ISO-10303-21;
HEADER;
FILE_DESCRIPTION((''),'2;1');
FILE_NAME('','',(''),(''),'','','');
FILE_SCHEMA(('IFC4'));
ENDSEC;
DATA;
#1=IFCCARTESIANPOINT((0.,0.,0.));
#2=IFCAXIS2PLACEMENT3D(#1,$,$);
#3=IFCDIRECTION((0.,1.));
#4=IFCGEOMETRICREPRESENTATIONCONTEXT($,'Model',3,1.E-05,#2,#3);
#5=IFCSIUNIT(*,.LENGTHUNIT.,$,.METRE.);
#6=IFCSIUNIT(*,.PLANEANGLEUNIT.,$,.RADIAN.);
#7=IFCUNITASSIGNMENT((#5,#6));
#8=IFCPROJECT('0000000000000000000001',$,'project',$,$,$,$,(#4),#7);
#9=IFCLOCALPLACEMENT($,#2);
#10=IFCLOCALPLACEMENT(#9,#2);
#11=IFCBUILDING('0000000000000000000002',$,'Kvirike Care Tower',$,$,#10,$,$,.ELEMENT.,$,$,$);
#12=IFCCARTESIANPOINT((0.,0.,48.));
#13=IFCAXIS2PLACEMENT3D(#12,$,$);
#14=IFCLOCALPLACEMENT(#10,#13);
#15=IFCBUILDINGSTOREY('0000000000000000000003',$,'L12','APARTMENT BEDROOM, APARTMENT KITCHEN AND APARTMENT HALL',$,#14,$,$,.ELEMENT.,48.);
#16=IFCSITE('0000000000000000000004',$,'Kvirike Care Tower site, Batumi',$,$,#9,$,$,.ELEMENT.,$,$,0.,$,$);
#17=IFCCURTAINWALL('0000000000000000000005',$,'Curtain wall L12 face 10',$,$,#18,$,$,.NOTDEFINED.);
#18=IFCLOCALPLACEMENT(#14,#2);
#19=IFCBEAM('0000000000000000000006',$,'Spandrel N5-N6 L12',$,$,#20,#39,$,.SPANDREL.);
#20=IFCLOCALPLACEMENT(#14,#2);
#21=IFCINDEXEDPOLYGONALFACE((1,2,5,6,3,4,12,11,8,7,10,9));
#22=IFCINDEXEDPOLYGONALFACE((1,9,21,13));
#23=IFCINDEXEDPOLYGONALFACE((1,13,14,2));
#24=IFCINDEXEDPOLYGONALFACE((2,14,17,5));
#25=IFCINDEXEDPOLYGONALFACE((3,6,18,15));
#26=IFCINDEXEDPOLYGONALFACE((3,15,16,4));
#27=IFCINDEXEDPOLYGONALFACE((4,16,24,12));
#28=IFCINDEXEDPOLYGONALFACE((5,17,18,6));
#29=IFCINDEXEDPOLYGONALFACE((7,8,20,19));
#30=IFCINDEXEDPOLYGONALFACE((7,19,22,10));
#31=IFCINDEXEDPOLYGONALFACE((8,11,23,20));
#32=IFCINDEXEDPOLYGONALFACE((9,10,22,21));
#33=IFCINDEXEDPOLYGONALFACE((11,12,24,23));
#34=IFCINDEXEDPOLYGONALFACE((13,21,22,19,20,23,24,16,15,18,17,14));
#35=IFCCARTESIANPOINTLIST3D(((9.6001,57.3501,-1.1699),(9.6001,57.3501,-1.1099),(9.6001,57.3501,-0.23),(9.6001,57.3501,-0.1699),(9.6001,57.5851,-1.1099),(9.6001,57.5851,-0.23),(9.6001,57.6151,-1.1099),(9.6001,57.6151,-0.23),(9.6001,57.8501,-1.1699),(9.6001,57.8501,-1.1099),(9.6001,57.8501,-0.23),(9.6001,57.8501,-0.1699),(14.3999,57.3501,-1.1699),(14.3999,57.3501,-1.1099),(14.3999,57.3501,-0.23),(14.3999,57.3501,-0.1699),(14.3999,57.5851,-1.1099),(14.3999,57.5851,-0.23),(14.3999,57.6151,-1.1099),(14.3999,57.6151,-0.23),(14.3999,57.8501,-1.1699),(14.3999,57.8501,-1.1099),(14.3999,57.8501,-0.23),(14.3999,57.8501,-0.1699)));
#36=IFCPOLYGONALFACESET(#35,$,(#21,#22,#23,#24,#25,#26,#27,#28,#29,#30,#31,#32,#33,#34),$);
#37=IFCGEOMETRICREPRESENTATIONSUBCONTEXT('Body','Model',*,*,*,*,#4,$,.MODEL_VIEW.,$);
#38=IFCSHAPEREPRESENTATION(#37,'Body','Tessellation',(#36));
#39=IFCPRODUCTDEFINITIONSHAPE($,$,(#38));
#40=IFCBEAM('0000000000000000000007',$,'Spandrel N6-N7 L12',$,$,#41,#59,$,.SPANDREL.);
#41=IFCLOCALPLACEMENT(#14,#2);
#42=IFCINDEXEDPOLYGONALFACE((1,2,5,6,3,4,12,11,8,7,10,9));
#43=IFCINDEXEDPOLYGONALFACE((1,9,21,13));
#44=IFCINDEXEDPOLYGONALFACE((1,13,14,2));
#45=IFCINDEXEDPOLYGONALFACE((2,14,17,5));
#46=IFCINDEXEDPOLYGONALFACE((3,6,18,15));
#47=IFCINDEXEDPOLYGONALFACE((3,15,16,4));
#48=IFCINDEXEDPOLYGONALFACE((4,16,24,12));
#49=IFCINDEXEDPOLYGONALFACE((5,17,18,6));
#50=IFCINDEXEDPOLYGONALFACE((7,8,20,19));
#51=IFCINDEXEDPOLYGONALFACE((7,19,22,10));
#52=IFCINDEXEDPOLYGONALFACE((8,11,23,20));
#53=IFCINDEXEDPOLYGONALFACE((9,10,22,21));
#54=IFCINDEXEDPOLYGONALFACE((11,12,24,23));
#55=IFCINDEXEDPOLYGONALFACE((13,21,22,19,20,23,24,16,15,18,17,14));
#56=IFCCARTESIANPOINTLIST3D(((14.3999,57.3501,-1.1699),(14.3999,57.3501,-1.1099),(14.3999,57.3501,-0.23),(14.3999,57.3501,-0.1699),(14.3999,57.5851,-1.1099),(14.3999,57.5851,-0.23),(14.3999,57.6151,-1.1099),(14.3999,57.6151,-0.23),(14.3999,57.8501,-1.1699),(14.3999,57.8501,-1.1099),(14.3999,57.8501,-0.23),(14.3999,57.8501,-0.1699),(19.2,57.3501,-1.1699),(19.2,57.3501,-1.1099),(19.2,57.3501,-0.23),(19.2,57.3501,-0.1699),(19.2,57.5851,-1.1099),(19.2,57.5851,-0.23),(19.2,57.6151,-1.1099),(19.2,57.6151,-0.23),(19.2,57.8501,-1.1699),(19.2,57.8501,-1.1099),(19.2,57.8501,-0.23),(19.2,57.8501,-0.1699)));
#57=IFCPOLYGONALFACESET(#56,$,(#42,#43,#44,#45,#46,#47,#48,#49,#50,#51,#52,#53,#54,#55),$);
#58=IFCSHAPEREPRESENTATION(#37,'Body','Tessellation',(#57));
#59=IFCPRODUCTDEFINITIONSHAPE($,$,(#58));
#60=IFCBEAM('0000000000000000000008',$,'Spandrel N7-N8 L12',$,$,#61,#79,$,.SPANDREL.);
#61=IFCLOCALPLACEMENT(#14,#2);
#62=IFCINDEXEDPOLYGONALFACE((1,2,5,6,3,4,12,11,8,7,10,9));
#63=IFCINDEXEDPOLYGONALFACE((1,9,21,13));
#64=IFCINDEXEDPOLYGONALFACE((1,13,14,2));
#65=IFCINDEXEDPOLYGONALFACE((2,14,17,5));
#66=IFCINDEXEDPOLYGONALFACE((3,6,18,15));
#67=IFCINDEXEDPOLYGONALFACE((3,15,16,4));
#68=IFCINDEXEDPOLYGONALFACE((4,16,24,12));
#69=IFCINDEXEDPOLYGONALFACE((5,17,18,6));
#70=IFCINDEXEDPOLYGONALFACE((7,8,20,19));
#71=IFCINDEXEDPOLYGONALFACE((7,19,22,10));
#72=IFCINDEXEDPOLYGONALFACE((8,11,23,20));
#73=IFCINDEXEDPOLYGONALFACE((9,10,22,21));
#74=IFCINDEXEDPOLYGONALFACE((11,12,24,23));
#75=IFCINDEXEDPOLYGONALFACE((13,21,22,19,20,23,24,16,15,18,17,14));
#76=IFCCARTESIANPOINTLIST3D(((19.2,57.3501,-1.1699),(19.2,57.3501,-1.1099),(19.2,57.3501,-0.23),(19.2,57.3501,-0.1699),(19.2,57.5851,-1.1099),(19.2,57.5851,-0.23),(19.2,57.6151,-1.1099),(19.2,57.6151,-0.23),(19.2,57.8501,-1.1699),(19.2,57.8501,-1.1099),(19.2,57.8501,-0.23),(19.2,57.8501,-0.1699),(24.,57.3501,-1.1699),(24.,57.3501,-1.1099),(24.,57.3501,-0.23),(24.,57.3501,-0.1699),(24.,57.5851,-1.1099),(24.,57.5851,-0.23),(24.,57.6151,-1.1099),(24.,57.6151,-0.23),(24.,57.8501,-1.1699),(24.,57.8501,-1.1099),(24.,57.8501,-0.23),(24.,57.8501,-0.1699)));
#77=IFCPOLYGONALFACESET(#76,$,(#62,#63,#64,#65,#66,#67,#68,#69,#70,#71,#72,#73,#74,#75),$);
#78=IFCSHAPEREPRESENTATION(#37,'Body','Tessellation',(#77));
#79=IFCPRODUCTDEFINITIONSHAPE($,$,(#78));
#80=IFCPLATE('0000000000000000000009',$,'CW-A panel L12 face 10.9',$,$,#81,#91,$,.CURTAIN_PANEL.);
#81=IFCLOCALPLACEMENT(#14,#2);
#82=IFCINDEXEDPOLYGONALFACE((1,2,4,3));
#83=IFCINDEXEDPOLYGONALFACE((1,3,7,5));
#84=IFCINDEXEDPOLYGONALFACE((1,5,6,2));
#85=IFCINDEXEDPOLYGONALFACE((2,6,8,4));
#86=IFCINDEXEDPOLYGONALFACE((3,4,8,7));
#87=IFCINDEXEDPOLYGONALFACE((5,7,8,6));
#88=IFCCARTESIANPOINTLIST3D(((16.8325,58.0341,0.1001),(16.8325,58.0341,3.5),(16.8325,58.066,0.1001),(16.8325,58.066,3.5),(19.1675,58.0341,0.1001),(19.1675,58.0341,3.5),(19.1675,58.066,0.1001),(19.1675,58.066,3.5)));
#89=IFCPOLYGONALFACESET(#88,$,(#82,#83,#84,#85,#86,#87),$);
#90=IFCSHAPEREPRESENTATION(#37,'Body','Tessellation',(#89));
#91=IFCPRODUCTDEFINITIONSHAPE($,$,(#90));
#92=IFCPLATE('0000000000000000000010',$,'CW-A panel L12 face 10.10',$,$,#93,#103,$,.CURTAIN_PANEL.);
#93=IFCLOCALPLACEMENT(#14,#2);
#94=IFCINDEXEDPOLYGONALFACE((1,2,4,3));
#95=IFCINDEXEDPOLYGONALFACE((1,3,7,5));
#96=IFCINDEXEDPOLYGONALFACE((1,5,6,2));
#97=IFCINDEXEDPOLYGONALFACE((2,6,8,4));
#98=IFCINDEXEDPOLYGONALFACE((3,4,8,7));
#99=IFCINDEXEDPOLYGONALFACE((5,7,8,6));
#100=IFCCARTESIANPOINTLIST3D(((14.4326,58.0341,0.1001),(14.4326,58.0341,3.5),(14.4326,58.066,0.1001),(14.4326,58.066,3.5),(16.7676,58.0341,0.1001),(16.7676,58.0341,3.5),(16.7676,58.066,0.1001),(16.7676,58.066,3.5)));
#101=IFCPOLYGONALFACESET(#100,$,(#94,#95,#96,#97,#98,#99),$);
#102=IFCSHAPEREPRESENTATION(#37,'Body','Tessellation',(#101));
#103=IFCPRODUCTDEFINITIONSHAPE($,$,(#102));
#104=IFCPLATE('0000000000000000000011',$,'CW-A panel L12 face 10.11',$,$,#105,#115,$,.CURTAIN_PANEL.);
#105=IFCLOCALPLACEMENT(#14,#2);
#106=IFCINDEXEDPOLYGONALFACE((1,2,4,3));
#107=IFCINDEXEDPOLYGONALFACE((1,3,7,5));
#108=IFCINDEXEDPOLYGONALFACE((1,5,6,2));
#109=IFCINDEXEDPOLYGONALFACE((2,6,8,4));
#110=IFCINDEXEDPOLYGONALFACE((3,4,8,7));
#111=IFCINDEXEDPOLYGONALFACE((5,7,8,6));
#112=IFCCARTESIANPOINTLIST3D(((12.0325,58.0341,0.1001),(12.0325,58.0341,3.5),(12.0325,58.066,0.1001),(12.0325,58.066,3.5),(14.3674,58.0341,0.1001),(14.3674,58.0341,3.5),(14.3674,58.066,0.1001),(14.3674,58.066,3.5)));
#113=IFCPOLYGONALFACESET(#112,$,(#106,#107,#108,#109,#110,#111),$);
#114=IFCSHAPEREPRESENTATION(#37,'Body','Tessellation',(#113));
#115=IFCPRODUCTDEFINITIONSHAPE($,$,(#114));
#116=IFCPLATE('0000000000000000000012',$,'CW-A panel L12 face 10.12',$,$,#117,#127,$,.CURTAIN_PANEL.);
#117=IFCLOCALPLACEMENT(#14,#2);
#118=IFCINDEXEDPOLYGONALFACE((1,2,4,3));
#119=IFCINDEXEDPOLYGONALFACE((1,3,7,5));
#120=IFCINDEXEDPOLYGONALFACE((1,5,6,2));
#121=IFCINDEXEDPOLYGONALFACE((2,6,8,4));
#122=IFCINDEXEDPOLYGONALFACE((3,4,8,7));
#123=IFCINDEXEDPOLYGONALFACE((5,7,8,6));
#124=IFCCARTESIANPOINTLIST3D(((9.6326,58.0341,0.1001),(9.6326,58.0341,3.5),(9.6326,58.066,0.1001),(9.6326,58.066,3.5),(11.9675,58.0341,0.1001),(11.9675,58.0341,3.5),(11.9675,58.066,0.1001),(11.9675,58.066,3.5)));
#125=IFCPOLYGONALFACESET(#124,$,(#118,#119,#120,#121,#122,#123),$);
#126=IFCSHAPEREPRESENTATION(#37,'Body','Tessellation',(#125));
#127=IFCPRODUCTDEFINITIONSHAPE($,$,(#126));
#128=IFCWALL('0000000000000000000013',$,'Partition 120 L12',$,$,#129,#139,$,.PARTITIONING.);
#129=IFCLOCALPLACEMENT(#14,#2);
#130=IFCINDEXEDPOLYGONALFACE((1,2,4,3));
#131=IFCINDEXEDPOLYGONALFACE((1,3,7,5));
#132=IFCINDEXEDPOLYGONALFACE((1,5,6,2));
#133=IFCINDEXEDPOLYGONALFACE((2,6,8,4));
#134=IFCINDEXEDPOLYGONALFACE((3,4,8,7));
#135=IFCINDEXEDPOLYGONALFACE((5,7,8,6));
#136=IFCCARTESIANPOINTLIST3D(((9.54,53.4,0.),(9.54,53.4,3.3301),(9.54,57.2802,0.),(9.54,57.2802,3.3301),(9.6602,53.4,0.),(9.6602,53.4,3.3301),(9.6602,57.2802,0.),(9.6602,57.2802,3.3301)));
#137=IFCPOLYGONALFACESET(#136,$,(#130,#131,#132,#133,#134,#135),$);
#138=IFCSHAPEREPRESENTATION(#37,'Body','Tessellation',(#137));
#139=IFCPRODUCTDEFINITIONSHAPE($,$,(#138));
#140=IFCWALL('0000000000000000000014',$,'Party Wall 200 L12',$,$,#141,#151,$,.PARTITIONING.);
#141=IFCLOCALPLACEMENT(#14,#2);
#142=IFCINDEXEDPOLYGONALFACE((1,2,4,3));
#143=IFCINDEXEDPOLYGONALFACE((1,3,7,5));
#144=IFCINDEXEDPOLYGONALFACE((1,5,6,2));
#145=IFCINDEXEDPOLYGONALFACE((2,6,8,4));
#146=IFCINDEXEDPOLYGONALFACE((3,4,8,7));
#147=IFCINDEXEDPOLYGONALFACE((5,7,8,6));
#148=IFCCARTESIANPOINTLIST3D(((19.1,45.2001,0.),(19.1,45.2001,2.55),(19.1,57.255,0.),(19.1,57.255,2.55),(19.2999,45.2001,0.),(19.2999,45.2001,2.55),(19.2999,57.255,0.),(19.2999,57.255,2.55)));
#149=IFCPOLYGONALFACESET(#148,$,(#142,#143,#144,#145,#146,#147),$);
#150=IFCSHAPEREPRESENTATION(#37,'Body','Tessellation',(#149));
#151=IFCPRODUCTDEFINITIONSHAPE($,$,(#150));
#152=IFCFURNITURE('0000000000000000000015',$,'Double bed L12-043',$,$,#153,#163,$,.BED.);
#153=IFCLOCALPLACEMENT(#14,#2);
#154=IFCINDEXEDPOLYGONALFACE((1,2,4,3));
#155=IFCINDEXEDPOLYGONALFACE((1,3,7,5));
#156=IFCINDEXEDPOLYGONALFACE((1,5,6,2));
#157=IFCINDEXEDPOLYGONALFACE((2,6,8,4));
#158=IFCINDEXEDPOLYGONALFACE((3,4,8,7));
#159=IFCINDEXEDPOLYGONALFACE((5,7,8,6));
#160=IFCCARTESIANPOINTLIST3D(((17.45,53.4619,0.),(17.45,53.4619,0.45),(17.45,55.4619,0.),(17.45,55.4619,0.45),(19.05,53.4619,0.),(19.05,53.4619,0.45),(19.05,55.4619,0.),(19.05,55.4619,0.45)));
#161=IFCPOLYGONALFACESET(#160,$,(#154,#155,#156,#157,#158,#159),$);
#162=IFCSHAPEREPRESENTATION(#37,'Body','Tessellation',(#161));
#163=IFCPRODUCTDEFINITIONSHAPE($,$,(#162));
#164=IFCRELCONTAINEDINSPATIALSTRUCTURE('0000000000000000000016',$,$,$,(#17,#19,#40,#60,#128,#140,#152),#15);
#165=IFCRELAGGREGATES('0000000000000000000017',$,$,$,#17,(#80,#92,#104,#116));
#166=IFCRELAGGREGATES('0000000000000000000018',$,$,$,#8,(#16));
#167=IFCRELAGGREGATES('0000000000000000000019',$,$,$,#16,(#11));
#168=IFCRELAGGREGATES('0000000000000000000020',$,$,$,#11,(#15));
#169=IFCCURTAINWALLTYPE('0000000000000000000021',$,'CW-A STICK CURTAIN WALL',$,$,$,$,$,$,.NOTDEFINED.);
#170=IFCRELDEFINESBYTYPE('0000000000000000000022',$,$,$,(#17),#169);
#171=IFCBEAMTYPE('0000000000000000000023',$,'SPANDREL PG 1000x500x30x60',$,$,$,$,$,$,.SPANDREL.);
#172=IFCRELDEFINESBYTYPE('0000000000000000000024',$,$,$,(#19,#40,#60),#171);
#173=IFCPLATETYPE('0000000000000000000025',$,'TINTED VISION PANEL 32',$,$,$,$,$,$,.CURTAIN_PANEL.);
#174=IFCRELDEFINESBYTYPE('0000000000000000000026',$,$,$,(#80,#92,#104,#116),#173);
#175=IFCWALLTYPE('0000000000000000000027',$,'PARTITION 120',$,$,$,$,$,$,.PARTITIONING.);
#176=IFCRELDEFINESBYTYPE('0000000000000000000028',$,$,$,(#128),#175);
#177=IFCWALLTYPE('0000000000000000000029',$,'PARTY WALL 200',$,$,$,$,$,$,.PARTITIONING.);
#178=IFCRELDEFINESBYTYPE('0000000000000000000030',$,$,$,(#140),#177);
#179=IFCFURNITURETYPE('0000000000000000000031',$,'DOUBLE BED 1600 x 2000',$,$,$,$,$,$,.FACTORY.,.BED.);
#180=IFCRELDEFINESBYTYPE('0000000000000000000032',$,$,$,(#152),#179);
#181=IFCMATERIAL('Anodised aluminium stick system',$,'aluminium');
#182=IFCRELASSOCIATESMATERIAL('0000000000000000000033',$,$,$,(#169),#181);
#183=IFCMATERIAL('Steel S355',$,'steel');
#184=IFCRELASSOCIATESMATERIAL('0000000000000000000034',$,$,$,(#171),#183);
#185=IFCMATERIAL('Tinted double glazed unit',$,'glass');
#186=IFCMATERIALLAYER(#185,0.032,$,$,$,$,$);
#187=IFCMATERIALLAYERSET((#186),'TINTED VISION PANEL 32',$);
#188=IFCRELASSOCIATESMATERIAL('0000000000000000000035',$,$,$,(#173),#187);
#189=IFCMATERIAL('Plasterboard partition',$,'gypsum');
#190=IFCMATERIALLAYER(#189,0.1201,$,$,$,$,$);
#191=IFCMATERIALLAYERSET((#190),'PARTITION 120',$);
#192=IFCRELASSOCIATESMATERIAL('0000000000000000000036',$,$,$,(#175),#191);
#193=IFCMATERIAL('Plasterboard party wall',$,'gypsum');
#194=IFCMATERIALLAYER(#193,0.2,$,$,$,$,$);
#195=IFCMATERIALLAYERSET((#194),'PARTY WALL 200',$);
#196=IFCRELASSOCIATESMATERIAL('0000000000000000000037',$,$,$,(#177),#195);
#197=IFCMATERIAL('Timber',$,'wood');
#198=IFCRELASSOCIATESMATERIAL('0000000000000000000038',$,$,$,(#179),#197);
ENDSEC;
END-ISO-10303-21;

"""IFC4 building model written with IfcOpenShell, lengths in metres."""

from ifc_helpers import new_model, si_unit, direction, frame, frame_2d, origin, origin_2d, place, context, subcontext, project, spatial, rectangle, i_section, extrude, material, layer, layer_set, material_profile, profile_set, type_object, element, aggregate, save


model = new_model("IFC4")

# Units and contexts
model_context = context("Model", 3, precision=1e-05, world=origin(), true_north=direction((0.0, 1.0)))
body_context = subcontext(model_context, "Body", "Model", "MODEL_VIEW")
ifc_project = project(units=[si_unit("LENGTHUNIT", "METRE"), si_unit("PLANEANGLEUNIT", "RADIAN")], contexts=[model_context])

# Site, building, storey
site_placement = place(None, origin())
site = spatial("IfcSite", under=ifc_project, at=site_placement, Name="Kvirike Care Tower site, Batumi", CompositionType="ELEMENT", RefElevation=0.0)
building_placement = place(site_placement, origin())
building = spatial("IfcBuilding", under=site, at=building_placement, Name="Kvirike Care Tower", CompositionType="ELEMENT")
storey_placement = place(building_placement, frame((0.0, 0.0, 48.0)))
storey = spatial("IfcBuildingStorey", under=building, at=storey_placement, Name="L12", Description="APARTMENT BEDROOM, APARTMENT KITCHEN AND APARTMENT HALL", CompositionType="ELEMENT", Elevation=48.0)

# Curtain wall
ifc_material_1 = material(Name="Anodised aluminium stick system", Category="aluminium")
curtain_wall_type = type_object("IfcCurtainWallType", Name="CW-A STICK CURTAIN WALL", PredefinedType="NOTDEFINED", material=ifc_material_1)
curtain_wall_placement = place(storey_placement, origin())
curtain_wall = element("IfcCurtainWall", 1, at=curtain_wall_placement, inside=storey, type_object=curtain_wall_type, Name="Curtain wall L12 face 10", PredefinedType="NOTDEFINED")

# Beams
ifc_material_2 = material(Name="Steel S355", Category="steel")
ifc_material_profile_1 = material_profile(ifc_material_2, i_section(OverallWidth=0.5, OverallDepth=1.0, WebThickness=0.03, FlangeThickness=0.0601, at=origin_2d()), Name="PG 1000x500x30x60")
ifc_profile_set_1 = profile_set([ifc_material_profile_1], Name="Steel S355")
beam_type = type_object("IfcBeamType", Name="SPANDREL PG 1000x500x30x60", PredefinedType="SPANDREL", material=ifc_profile_set_1)
beam_placement = place(storey_placement, frame((9.6001, 57.6001, -0.6699), z_axis=(1.0, 0.0, 0.0), x_axis=(0.0, 1.0, 0.0)))
element("IfcBeam", 2, at=beam_placement, inside=storey, type_object=beam_type, Name="Spandrel N5-N6 L12", PredefinedType="SPANDREL", context=body_context, shape_type="SweptSolid", body=[
    extrude(i_section(OverallWidth=0.5, OverallDepth=1.0, WebThickness=0.03, FlangeThickness=0.0601, at=origin_2d()), origin(), (0.0, 0.0, 1.0), 4.7998),
])
for number, where, z_axis, x_axis, name in (
    (3, (14.3999, 57.6001, -0.6699), (1.0, 0.0, 0.0), (0.0, 1.0, 0.0), "Spandrel N6-N7 L12"),
    (4, (19.2, 57.6001, -0.6699), (1.0, 0.0, 0.0), (0.0, 1.0, 0.0), "Spandrel N7-N8 L12"),
):
    element("IfcBeam", number, at=place(storey_placement, frame(where, z_axis=z_axis, x_axis=x_axis)), inside=storey, type_object=beam_type, Name=name, PredefinedType="SPANDREL", context=body_context, shape_type="SweptSolid", body=[
        extrude(i_section(OverallWidth=0.5, OverallDepth=1.0, WebThickness=0.03, FlangeThickness=0.0601, at=origin_2d()), origin(), (0.0, 0.0, 1.0), 4.8),
    ])

# Plates
ifc_material_3 = material(Name="Tinted double glazed unit", Category="glass")
ifc_layer_1 = layer(ifc_material_3, 0.032)
ifc_layer_set_1 = layer_set([ifc_layer_1], Name="TINTED VISION PANEL 32")
plate_type = type_object("IfcPlateType", Name="TINTED VISION PANEL 32", PredefinedType="CURTAIN_PANEL", material=ifc_layer_set_1)
plate_1_placement = place(storey_placement, frame((18.0, 58.05, 0.1001), z_axis=(0.0, 0.0, 1.0), x_axis=(-1.0, 0.0, 0.0)))
plate_1 = element("IfcPlate", 5, at=plate_1_placement, type_object=plate_type, Name="CW-A panel L12 face 10.9", PredefinedType="CURTAIN_PANEL", context=body_context, shape_type="SweptSolid", body=[
    extrude(rectangle(XDim=2.335, YDim=0.032, at=origin_2d()), origin(), (0.0, 0.0, 1.0), 3.3999),
])
plate_2_placement = place(storey_placement, frame((15.6001, 58.05, 0.1001), z_axis=(0.0, 0.0, 1.0), x_axis=(-1.0, 0.0, 0.0)))
plate_2 = element("IfcPlate", 6, at=plate_2_placement, type_object=plate_type, Name="CW-A panel L12 face 10.10", PredefinedType="CURTAIN_PANEL", context=body_context, shape_type="SweptSolid", body=[
    extrude(rectangle(XDim=2.335, YDim=0.032, at=origin_2d()), origin(), (0.0, 0.0, 1.0), 3.3999),
])
plate_3_placement = place(storey_placement, frame((13.2, 58.05, 0.1001), z_axis=(0.0, 0.0, 1.0), x_axis=(-1.0, 0.0, 0.0)))
plate_3 = element("IfcPlate", 7, at=plate_3_placement, type_object=plate_type, Name="CW-A panel L12 face 10.11", PredefinedType="CURTAIN_PANEL", context=body_context, shape_type="SweptSolid", body=[
    extrude(rectangle(XDim=2.335, YDim=0.032, at=origin_2d()), origin(), (0.0, 0.0, 1.0), 3.3999),
])
plate_4_placement = place(storey_placement, frame((10.8, 58.05, 0.1001), z_axis=(0.0, 0.0, 1.0), x_axis=(-1.0, 0.0, 0.0)))
plate_4 = element("IfcPlate", 8, at=plate_4_placement, type_object=plate_type, Name="CW-A panel L12 face 10.12", PredefinedType="CURTAIN_PANEL", context=body_context, shape_type="SweptSolid", body=[
    extrude(rectangle(XDim=2.335, YDim=0.032, at=origin_2d()), origin(), (0.0, 0.0, 1.0), 3.3999),
])
aggregate(curtain_wall, [plate_1, plate_2, plate_3, plate_4])

# Walls
ifc_material_4 = material(Name="Plasterboard partition", Category="gypsum")
ifc_layer_2 = layer(ifc_material_4, 0.1201)
ifc_layer_set_2 = layer_set([ifc_layer_2], Name="PARTITION 120")
wall_type_1 = type_object("IfcWallType", Name="PARTITION 120", PredefinedType="PARTITIONING", material=ifc_layer_set_2)
wall_1_placement = place(storey_placement, frame((9.6001, 57.28, 0.0), z_axis=(0.0, 0.0, 1.0), x_axis=(0.0, -1.0, 0.0)))
element("IfcWall", 9, at=wall_1_placement, inside=storey, type_object=wall_type_1, Name="Partition 120 L12", PredefinedType="PARTITIONING", context=body_context, shape_type="SweptSolid", body=[
    extrude(rectangle(XDim=3.8801, YDim=0.1201, at=frame_2d((1.9399, 0.0))), origin(), (0.0, 0.0, 1.0), 3.3301),
])
ifc_material_5 = material(Name="Plasterboard party wall", Category="gypsum")
ifc_layer_3 = layer(ifc_material_5, 0.2)
ifc_layer_set_3 = layer_set([ifc_layer_3], Name="PARTY WALL 200")
wall_type_2 = type_object("IfcWallType", Name="PARTY WALL 200", PredefinedType="PARTITIONING", material=ifc_layer_set_3)
wall_2_placement = place(storey_placement, frame((19.2, 57.2549, 0.0), z_axis=(0.0, 0.0, 1.0), x_axis=(0.0, -1.0, 0.0)))
element("IfcWall", 10, at=wall_2_placement, inside=storey, type_object=wall_type_2, Name="Party Wall 200 L12", PredefinedType="PARTITIONING", context=body_context, shape_type="SweptSolid", body=[
    extrude(rectangle(XDim=12.0549, YDim=0.2, at=frame_2d((6.0273, 0.0))), origin(), (0.0, 0.0, 1.0), 2.55),
])

# Furniture
ifc_material_6 = material(Name="Timber", Category="wood")
furniture_type = type_object("IfcFurnitureType", Name="DOUBLE BED 1600 x 2000", AssemblyPlace="FACTORY", PredefinedType="BED", material=ifc_material_6)
furniture_placement = place(storey_placement, frame((18.25, 54.4619, 0.0), z_axis=(0.0, 0.0, 1.0), x_axis=(-1.0, 0.0, 0.0)))
element("IfcFurniture", 11, at=furniture_placement, inside=storey, type_object=furniture_type, Name="Double bed L12-043", PredefinedType="BED", context=body_context, shape_type="SweptSolid", body=[
    extrude(rectangle(XDim=1.6001, YDim=2.0, at=origin_2d()), origin(), (0.0, 0.0, 1.0), 0.45),
])

save(model, "model.ifc")
